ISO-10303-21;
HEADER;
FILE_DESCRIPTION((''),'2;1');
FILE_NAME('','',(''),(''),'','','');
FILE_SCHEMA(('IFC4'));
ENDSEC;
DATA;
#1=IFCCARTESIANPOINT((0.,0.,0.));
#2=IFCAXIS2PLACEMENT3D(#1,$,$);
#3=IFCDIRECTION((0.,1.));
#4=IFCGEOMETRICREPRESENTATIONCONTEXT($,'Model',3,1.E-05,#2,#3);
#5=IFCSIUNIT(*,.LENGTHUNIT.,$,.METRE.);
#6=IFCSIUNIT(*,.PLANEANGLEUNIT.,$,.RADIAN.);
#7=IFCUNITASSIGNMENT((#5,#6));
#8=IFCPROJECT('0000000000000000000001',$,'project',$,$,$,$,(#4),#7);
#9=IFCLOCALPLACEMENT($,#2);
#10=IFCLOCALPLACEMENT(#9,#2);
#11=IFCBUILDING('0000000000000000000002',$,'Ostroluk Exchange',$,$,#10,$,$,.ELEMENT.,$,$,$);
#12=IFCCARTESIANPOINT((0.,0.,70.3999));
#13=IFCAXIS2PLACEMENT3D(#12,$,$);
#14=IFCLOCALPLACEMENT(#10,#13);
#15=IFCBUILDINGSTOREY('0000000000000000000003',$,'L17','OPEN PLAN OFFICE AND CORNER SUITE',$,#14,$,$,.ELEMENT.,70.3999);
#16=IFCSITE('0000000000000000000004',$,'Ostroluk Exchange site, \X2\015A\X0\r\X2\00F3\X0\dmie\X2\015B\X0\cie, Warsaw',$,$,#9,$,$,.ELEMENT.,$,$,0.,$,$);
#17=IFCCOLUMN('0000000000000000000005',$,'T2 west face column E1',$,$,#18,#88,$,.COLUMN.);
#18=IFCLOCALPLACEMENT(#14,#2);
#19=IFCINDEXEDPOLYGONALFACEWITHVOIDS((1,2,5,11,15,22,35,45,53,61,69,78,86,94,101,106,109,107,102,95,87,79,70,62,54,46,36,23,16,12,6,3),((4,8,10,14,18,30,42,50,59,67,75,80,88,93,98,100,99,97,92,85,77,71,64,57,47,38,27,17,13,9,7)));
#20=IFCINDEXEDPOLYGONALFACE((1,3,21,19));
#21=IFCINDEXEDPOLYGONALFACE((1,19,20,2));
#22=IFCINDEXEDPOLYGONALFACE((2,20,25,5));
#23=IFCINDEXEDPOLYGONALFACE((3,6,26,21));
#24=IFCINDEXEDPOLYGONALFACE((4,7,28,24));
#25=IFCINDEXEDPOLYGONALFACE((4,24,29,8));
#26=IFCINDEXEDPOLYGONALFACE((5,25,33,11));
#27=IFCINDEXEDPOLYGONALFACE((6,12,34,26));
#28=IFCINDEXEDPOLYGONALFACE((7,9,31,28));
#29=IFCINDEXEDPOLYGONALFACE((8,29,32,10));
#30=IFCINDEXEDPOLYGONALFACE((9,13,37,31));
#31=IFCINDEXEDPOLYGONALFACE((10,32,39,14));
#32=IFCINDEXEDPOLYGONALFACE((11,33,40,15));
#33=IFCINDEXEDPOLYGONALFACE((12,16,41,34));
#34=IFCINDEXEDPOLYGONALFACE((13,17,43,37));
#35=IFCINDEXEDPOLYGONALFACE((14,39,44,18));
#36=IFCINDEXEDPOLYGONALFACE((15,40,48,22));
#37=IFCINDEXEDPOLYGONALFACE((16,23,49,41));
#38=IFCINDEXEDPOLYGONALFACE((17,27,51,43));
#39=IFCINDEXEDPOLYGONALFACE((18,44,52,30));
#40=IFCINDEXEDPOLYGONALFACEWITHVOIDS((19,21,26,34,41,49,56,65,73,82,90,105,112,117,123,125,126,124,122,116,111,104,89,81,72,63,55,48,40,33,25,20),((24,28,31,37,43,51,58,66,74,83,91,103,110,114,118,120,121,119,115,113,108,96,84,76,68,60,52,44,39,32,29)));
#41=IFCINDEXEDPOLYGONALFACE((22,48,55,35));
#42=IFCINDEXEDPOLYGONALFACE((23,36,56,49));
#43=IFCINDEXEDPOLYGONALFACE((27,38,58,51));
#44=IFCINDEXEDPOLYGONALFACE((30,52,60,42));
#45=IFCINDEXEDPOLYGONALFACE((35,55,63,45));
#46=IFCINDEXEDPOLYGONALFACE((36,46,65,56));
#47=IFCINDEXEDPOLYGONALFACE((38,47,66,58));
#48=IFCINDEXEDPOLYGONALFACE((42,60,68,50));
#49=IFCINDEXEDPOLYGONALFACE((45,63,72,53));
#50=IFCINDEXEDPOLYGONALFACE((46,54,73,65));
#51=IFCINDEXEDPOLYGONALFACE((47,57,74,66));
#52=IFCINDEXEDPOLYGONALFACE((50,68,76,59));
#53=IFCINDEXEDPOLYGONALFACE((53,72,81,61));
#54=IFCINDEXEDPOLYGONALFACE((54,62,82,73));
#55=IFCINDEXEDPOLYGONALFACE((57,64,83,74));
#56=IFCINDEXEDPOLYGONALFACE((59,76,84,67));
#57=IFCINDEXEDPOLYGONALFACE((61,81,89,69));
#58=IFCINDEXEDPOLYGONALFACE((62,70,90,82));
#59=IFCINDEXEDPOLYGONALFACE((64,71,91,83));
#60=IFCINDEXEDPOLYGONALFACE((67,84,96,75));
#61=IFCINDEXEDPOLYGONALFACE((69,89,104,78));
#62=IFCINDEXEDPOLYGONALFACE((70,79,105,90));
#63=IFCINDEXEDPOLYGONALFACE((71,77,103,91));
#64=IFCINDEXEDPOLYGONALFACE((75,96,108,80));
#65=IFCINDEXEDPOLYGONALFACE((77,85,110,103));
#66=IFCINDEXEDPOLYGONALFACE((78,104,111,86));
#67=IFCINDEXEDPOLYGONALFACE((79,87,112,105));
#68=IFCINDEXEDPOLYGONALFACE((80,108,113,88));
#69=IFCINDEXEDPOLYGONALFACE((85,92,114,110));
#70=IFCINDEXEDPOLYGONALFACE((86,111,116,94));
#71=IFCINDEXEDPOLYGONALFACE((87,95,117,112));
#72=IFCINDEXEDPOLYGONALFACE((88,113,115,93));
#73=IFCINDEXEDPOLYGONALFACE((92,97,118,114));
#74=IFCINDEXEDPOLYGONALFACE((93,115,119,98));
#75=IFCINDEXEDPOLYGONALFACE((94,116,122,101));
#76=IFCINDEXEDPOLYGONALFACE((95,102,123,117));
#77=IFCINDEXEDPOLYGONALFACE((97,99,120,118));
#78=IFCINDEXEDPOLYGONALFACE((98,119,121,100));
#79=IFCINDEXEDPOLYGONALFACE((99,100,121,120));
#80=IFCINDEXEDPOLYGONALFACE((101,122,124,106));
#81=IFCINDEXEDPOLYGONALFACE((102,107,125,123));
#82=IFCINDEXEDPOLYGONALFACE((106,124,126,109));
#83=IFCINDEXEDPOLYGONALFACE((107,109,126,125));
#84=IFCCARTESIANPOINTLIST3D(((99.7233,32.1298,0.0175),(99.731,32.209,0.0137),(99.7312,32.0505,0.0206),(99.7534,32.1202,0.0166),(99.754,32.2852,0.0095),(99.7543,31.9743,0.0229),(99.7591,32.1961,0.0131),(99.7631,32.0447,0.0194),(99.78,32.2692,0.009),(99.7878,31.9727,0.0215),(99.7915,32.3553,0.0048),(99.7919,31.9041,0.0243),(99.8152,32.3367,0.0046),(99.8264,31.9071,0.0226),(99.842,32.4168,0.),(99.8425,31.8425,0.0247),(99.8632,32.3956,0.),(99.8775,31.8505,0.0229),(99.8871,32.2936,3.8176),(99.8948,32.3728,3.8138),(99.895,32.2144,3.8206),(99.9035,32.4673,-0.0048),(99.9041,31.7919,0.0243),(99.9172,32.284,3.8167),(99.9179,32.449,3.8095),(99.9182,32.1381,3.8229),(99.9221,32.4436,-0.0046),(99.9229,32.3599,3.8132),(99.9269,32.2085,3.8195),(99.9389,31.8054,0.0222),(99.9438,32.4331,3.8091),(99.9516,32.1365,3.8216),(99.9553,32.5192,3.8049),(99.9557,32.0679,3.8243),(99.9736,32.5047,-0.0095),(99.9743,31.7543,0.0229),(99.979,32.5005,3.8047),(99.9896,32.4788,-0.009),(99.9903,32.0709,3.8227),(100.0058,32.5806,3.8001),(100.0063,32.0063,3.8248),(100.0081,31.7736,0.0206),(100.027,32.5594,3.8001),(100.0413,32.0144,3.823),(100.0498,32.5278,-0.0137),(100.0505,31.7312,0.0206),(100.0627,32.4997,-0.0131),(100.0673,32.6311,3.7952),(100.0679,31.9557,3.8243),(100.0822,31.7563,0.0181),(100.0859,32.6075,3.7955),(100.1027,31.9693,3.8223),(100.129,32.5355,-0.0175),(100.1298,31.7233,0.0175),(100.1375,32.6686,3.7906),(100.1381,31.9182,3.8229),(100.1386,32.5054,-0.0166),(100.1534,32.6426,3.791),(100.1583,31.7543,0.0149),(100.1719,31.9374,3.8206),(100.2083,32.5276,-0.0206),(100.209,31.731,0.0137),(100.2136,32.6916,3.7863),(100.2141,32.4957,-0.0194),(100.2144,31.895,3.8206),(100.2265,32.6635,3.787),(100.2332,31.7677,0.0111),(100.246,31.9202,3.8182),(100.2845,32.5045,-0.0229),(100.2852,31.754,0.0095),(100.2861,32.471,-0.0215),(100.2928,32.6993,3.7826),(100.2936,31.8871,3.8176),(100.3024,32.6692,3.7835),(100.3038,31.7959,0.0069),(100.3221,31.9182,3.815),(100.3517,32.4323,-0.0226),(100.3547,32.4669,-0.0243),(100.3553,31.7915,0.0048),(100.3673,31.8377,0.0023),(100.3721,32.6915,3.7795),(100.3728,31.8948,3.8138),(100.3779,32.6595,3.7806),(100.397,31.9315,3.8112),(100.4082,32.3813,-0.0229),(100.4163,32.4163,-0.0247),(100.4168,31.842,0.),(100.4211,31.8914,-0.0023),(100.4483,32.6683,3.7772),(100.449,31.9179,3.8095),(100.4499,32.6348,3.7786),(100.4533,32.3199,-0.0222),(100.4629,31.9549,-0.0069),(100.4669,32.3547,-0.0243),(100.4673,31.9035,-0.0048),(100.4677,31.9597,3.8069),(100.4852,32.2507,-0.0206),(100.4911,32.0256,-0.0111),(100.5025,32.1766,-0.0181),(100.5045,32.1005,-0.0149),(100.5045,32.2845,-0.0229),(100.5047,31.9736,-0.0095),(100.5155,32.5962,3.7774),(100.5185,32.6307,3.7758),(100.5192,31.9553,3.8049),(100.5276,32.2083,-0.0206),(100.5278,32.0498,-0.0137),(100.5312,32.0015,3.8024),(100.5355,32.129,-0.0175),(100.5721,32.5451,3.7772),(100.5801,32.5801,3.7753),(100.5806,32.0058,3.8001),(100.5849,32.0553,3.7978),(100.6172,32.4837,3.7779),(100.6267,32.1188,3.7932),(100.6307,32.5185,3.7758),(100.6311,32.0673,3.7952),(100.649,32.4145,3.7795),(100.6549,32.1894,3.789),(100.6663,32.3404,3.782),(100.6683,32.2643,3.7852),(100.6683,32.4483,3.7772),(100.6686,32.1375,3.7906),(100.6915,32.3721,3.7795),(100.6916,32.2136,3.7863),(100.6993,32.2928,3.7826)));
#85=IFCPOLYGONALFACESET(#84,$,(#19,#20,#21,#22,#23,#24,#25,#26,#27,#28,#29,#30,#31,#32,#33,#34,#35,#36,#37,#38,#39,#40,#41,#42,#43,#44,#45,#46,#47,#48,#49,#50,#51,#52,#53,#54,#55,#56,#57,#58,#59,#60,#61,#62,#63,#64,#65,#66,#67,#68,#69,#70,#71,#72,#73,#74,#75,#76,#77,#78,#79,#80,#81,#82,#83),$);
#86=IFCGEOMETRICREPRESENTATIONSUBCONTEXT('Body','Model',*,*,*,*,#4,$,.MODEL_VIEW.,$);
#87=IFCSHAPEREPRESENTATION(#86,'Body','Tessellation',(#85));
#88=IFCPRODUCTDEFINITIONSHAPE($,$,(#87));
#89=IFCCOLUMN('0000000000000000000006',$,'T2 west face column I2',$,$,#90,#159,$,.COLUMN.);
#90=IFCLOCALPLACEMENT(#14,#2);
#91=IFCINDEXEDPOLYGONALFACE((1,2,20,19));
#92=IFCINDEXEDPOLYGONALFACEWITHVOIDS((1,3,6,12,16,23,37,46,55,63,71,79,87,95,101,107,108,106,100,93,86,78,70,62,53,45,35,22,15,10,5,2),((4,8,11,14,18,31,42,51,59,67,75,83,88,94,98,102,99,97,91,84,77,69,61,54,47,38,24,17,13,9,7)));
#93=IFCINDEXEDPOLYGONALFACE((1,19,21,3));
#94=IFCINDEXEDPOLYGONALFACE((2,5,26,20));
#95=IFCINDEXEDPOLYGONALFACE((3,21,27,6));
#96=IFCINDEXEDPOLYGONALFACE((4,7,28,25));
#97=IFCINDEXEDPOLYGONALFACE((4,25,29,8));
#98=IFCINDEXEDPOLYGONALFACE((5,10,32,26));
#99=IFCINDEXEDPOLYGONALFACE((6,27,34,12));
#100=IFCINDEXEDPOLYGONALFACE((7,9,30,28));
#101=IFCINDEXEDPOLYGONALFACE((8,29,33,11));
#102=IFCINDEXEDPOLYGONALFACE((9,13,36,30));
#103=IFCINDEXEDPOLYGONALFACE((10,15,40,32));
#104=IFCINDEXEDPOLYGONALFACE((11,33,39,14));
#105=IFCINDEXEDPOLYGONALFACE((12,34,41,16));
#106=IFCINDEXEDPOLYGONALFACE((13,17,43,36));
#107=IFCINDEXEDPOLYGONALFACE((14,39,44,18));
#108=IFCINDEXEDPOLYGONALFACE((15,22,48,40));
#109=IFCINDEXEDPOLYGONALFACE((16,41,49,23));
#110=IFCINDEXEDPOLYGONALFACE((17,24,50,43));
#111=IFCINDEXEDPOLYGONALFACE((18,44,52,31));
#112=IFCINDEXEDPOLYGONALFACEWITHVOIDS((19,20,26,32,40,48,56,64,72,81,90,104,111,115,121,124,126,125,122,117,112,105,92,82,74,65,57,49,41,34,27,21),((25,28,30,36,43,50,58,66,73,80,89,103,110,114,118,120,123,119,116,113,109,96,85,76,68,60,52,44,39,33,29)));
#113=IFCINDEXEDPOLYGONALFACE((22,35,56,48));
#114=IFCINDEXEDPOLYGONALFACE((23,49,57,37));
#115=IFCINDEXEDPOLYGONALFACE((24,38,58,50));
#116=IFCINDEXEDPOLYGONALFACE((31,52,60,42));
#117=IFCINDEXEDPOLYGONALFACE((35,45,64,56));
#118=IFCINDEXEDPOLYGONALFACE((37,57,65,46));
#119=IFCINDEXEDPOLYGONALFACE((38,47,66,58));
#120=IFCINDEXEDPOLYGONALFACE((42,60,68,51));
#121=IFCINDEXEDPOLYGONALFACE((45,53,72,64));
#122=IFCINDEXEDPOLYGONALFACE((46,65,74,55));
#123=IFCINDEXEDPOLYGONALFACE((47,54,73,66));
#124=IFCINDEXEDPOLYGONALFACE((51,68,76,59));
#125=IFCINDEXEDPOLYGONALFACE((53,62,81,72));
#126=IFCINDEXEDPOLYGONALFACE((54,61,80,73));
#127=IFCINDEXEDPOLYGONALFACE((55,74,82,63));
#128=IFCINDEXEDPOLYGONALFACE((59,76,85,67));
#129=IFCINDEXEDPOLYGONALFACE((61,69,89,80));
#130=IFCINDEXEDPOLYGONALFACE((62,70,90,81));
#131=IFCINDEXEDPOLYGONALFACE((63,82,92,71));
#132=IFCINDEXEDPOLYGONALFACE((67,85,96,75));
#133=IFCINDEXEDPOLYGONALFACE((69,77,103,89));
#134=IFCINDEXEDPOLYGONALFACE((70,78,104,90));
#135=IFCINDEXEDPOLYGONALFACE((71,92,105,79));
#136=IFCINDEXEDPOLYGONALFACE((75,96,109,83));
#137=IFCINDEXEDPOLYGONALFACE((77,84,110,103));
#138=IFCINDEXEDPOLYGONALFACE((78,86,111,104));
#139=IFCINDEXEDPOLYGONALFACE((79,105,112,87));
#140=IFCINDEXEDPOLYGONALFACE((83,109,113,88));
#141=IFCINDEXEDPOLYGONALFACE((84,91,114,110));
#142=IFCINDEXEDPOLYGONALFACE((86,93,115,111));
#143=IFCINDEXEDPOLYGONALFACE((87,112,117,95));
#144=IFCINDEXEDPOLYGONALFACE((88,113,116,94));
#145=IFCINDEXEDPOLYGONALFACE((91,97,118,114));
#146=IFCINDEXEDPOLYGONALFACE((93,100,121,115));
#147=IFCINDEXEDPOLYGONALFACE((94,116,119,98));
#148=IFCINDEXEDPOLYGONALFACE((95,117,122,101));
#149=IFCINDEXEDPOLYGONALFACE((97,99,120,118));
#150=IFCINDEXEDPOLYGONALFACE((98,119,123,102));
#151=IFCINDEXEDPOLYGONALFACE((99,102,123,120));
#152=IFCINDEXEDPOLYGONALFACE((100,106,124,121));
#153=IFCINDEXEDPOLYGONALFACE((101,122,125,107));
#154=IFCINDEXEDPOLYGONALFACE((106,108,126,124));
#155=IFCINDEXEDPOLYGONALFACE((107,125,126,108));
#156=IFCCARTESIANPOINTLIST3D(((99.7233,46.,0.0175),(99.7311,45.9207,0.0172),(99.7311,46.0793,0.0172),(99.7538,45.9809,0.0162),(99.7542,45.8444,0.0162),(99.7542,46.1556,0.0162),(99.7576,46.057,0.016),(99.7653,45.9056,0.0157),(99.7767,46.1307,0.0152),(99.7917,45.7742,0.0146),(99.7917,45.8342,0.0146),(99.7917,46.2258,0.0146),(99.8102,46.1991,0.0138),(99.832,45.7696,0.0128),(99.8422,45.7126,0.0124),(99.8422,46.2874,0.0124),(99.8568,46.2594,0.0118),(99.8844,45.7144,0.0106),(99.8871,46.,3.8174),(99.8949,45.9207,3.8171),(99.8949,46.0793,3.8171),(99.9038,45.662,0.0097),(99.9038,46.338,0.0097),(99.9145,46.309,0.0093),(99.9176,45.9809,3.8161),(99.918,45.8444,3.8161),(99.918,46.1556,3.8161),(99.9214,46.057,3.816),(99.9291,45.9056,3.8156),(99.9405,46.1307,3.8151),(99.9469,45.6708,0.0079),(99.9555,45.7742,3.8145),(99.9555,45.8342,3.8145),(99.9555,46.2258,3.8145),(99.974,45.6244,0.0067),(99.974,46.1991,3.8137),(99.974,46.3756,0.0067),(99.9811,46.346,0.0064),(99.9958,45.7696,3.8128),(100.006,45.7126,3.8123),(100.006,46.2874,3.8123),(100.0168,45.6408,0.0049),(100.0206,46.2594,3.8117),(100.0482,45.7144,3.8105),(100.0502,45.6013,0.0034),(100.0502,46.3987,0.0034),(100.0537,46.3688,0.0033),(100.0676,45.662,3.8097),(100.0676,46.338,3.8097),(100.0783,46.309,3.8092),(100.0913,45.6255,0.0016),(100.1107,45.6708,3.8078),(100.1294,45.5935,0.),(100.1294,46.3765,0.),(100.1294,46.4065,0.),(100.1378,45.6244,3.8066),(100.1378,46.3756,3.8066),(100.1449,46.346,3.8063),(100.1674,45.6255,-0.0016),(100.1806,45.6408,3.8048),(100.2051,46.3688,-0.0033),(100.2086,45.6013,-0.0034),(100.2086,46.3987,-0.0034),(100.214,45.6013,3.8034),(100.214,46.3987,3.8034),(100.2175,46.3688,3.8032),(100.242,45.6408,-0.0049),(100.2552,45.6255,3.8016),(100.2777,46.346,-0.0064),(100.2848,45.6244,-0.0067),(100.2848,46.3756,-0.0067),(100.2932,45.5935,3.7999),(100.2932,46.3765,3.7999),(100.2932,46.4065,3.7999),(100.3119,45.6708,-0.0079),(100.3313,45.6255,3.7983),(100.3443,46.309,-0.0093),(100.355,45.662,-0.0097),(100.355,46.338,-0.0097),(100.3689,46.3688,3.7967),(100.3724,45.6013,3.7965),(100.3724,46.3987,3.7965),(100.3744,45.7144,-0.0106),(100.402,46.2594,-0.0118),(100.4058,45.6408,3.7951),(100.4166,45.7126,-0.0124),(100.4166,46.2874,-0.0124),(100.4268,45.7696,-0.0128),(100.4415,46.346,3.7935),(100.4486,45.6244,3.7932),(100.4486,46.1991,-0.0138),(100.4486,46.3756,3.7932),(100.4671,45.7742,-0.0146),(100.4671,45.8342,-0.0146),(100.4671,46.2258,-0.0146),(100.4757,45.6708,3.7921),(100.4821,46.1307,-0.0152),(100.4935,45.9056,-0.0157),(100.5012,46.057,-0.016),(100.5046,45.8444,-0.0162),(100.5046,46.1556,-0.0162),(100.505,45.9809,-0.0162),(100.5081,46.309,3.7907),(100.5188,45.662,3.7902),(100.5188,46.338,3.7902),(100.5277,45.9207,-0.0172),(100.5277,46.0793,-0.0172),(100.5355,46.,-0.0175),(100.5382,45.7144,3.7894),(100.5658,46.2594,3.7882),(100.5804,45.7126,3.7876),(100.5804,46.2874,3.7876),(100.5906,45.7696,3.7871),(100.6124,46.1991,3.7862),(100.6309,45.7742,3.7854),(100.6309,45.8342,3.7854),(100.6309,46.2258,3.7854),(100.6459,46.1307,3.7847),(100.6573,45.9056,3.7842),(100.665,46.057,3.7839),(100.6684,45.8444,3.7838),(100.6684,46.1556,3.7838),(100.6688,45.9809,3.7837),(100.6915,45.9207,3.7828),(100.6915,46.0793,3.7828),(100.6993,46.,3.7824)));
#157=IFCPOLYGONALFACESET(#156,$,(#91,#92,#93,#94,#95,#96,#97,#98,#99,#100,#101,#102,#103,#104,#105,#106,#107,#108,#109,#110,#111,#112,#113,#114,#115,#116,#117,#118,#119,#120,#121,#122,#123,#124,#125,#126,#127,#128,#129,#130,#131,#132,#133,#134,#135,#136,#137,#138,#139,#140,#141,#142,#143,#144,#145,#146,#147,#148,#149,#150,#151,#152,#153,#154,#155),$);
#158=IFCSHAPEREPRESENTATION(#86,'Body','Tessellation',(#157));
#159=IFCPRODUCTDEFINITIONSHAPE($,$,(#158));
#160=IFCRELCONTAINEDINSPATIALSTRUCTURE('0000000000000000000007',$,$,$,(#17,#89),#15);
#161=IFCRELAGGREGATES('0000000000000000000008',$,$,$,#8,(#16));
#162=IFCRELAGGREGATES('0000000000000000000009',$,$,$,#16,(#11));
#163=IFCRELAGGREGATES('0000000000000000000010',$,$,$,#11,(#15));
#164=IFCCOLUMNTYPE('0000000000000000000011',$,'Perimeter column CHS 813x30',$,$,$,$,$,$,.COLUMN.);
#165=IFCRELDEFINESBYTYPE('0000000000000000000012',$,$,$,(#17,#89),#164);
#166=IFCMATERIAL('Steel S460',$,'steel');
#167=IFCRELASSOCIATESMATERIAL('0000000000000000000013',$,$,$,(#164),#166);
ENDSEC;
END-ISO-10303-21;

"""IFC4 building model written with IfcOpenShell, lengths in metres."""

from ifc_helpers import new_model, si_unit, direction, frame, origin, origin_2d, place, context, subcontext, project, spatial, hollow_circle, extrude, material, material_profile, profile_set, type_object, element, save


model = new_model("IFC4")

# Units and contexts
model_context = context("Model", 3, precision=1e-05, world=origin(), true_north=direction((0.0, 1.0)))
body_context = subcontext(model_context, "Body", "Model", "MODEL_VIEW")
ifc_project = project(units=[si_unit("LENGTHUNIT", "METRE"), si_unit("PLANEANGLEUNIT", "RADIAN")], contexts=[model_context])

# Site, building, storey
site_placement = place(None, origin())
site = spatial("IfcSite", under=ifc_project, at=site_placement, Name="Ostroluk Exchange site, Śródmieście, Warsaw", CompositionType="ELEMENT", RefElevation=0.0)
building_placement = place(site_placement, origin())
building = spatial("IfcBuilding", under=site, at=building_placement, Name="Ostroluk Exchange", CompositionType="ELEMENT")
storey_placement = place(building_placement, frame((0.0, 0.0, 70.3999)))
storey = spatial("IfcBuildingStorey", under=building, at=storey_placement, Name="L17", Description="OPEN PLAN OFFICE AND CORNER SUITE", CompositionType="ELEMENT", Elevation=70.3999)

# Columns
ifc_material_1 = material(Name="Steel S460", Category="steel")
ifc_material_profile_1 = material_profile(ifc_material_1, hollow_circle(Radius=0.4065, WallThickness=0.03, at=origin_2d()), Name="CHS 813x30")
ifc_profile_set_1 = profile_set([ifc_material_profile_1], Name="Steel S460")
column_type = type_object("IfcColumnType", Name="Perimeter column CHS 813x30", PredefinedType="COLUMN", material=ifc_profile_set_1)
column_1_placement = place(storey_placement, frame((100.1294, 32.1294, 0.0), z_axis=(0.04303, 0.04303, 0.998147), x_axis=(-0.707107, 0.707107, 0.0)))
element("IfcColumn", 1, at=column_1_placement, inside=storey, type_object=column_type, Name="T2 west face column E1", PredefinedType="COLUMN", context=body_context, shape_type="SweptSolid", body=[
    extrude(hollow_circle(Radius=0.4065, WallThickness=0.03, at=origin_2d()), origin(), (0.0, 0.0, 1.0), 3.8071),
])
column_2_placement = place(storey_placement, frame((100.1294, 46.0, 0.0), z_axis=(0.04307, 0.0, 0.999072), x_axis=(0.0, 1.0, 0.0)))
element("IfcColumn", 2, at=column_2_placement, inside=storey, type_object=column_type, Name="T2 west face column I2", PredefinedType="COLUMN", context=body_context, shape_type="SweptSolid", body=[
    extrude(hollow_circle(Radius=0.4065, WallThickness=0.03, at=origin_2d()), origin(), (0.0, 0.0, 1.0), 3.8035),
])

save(model, "model.ifc")
